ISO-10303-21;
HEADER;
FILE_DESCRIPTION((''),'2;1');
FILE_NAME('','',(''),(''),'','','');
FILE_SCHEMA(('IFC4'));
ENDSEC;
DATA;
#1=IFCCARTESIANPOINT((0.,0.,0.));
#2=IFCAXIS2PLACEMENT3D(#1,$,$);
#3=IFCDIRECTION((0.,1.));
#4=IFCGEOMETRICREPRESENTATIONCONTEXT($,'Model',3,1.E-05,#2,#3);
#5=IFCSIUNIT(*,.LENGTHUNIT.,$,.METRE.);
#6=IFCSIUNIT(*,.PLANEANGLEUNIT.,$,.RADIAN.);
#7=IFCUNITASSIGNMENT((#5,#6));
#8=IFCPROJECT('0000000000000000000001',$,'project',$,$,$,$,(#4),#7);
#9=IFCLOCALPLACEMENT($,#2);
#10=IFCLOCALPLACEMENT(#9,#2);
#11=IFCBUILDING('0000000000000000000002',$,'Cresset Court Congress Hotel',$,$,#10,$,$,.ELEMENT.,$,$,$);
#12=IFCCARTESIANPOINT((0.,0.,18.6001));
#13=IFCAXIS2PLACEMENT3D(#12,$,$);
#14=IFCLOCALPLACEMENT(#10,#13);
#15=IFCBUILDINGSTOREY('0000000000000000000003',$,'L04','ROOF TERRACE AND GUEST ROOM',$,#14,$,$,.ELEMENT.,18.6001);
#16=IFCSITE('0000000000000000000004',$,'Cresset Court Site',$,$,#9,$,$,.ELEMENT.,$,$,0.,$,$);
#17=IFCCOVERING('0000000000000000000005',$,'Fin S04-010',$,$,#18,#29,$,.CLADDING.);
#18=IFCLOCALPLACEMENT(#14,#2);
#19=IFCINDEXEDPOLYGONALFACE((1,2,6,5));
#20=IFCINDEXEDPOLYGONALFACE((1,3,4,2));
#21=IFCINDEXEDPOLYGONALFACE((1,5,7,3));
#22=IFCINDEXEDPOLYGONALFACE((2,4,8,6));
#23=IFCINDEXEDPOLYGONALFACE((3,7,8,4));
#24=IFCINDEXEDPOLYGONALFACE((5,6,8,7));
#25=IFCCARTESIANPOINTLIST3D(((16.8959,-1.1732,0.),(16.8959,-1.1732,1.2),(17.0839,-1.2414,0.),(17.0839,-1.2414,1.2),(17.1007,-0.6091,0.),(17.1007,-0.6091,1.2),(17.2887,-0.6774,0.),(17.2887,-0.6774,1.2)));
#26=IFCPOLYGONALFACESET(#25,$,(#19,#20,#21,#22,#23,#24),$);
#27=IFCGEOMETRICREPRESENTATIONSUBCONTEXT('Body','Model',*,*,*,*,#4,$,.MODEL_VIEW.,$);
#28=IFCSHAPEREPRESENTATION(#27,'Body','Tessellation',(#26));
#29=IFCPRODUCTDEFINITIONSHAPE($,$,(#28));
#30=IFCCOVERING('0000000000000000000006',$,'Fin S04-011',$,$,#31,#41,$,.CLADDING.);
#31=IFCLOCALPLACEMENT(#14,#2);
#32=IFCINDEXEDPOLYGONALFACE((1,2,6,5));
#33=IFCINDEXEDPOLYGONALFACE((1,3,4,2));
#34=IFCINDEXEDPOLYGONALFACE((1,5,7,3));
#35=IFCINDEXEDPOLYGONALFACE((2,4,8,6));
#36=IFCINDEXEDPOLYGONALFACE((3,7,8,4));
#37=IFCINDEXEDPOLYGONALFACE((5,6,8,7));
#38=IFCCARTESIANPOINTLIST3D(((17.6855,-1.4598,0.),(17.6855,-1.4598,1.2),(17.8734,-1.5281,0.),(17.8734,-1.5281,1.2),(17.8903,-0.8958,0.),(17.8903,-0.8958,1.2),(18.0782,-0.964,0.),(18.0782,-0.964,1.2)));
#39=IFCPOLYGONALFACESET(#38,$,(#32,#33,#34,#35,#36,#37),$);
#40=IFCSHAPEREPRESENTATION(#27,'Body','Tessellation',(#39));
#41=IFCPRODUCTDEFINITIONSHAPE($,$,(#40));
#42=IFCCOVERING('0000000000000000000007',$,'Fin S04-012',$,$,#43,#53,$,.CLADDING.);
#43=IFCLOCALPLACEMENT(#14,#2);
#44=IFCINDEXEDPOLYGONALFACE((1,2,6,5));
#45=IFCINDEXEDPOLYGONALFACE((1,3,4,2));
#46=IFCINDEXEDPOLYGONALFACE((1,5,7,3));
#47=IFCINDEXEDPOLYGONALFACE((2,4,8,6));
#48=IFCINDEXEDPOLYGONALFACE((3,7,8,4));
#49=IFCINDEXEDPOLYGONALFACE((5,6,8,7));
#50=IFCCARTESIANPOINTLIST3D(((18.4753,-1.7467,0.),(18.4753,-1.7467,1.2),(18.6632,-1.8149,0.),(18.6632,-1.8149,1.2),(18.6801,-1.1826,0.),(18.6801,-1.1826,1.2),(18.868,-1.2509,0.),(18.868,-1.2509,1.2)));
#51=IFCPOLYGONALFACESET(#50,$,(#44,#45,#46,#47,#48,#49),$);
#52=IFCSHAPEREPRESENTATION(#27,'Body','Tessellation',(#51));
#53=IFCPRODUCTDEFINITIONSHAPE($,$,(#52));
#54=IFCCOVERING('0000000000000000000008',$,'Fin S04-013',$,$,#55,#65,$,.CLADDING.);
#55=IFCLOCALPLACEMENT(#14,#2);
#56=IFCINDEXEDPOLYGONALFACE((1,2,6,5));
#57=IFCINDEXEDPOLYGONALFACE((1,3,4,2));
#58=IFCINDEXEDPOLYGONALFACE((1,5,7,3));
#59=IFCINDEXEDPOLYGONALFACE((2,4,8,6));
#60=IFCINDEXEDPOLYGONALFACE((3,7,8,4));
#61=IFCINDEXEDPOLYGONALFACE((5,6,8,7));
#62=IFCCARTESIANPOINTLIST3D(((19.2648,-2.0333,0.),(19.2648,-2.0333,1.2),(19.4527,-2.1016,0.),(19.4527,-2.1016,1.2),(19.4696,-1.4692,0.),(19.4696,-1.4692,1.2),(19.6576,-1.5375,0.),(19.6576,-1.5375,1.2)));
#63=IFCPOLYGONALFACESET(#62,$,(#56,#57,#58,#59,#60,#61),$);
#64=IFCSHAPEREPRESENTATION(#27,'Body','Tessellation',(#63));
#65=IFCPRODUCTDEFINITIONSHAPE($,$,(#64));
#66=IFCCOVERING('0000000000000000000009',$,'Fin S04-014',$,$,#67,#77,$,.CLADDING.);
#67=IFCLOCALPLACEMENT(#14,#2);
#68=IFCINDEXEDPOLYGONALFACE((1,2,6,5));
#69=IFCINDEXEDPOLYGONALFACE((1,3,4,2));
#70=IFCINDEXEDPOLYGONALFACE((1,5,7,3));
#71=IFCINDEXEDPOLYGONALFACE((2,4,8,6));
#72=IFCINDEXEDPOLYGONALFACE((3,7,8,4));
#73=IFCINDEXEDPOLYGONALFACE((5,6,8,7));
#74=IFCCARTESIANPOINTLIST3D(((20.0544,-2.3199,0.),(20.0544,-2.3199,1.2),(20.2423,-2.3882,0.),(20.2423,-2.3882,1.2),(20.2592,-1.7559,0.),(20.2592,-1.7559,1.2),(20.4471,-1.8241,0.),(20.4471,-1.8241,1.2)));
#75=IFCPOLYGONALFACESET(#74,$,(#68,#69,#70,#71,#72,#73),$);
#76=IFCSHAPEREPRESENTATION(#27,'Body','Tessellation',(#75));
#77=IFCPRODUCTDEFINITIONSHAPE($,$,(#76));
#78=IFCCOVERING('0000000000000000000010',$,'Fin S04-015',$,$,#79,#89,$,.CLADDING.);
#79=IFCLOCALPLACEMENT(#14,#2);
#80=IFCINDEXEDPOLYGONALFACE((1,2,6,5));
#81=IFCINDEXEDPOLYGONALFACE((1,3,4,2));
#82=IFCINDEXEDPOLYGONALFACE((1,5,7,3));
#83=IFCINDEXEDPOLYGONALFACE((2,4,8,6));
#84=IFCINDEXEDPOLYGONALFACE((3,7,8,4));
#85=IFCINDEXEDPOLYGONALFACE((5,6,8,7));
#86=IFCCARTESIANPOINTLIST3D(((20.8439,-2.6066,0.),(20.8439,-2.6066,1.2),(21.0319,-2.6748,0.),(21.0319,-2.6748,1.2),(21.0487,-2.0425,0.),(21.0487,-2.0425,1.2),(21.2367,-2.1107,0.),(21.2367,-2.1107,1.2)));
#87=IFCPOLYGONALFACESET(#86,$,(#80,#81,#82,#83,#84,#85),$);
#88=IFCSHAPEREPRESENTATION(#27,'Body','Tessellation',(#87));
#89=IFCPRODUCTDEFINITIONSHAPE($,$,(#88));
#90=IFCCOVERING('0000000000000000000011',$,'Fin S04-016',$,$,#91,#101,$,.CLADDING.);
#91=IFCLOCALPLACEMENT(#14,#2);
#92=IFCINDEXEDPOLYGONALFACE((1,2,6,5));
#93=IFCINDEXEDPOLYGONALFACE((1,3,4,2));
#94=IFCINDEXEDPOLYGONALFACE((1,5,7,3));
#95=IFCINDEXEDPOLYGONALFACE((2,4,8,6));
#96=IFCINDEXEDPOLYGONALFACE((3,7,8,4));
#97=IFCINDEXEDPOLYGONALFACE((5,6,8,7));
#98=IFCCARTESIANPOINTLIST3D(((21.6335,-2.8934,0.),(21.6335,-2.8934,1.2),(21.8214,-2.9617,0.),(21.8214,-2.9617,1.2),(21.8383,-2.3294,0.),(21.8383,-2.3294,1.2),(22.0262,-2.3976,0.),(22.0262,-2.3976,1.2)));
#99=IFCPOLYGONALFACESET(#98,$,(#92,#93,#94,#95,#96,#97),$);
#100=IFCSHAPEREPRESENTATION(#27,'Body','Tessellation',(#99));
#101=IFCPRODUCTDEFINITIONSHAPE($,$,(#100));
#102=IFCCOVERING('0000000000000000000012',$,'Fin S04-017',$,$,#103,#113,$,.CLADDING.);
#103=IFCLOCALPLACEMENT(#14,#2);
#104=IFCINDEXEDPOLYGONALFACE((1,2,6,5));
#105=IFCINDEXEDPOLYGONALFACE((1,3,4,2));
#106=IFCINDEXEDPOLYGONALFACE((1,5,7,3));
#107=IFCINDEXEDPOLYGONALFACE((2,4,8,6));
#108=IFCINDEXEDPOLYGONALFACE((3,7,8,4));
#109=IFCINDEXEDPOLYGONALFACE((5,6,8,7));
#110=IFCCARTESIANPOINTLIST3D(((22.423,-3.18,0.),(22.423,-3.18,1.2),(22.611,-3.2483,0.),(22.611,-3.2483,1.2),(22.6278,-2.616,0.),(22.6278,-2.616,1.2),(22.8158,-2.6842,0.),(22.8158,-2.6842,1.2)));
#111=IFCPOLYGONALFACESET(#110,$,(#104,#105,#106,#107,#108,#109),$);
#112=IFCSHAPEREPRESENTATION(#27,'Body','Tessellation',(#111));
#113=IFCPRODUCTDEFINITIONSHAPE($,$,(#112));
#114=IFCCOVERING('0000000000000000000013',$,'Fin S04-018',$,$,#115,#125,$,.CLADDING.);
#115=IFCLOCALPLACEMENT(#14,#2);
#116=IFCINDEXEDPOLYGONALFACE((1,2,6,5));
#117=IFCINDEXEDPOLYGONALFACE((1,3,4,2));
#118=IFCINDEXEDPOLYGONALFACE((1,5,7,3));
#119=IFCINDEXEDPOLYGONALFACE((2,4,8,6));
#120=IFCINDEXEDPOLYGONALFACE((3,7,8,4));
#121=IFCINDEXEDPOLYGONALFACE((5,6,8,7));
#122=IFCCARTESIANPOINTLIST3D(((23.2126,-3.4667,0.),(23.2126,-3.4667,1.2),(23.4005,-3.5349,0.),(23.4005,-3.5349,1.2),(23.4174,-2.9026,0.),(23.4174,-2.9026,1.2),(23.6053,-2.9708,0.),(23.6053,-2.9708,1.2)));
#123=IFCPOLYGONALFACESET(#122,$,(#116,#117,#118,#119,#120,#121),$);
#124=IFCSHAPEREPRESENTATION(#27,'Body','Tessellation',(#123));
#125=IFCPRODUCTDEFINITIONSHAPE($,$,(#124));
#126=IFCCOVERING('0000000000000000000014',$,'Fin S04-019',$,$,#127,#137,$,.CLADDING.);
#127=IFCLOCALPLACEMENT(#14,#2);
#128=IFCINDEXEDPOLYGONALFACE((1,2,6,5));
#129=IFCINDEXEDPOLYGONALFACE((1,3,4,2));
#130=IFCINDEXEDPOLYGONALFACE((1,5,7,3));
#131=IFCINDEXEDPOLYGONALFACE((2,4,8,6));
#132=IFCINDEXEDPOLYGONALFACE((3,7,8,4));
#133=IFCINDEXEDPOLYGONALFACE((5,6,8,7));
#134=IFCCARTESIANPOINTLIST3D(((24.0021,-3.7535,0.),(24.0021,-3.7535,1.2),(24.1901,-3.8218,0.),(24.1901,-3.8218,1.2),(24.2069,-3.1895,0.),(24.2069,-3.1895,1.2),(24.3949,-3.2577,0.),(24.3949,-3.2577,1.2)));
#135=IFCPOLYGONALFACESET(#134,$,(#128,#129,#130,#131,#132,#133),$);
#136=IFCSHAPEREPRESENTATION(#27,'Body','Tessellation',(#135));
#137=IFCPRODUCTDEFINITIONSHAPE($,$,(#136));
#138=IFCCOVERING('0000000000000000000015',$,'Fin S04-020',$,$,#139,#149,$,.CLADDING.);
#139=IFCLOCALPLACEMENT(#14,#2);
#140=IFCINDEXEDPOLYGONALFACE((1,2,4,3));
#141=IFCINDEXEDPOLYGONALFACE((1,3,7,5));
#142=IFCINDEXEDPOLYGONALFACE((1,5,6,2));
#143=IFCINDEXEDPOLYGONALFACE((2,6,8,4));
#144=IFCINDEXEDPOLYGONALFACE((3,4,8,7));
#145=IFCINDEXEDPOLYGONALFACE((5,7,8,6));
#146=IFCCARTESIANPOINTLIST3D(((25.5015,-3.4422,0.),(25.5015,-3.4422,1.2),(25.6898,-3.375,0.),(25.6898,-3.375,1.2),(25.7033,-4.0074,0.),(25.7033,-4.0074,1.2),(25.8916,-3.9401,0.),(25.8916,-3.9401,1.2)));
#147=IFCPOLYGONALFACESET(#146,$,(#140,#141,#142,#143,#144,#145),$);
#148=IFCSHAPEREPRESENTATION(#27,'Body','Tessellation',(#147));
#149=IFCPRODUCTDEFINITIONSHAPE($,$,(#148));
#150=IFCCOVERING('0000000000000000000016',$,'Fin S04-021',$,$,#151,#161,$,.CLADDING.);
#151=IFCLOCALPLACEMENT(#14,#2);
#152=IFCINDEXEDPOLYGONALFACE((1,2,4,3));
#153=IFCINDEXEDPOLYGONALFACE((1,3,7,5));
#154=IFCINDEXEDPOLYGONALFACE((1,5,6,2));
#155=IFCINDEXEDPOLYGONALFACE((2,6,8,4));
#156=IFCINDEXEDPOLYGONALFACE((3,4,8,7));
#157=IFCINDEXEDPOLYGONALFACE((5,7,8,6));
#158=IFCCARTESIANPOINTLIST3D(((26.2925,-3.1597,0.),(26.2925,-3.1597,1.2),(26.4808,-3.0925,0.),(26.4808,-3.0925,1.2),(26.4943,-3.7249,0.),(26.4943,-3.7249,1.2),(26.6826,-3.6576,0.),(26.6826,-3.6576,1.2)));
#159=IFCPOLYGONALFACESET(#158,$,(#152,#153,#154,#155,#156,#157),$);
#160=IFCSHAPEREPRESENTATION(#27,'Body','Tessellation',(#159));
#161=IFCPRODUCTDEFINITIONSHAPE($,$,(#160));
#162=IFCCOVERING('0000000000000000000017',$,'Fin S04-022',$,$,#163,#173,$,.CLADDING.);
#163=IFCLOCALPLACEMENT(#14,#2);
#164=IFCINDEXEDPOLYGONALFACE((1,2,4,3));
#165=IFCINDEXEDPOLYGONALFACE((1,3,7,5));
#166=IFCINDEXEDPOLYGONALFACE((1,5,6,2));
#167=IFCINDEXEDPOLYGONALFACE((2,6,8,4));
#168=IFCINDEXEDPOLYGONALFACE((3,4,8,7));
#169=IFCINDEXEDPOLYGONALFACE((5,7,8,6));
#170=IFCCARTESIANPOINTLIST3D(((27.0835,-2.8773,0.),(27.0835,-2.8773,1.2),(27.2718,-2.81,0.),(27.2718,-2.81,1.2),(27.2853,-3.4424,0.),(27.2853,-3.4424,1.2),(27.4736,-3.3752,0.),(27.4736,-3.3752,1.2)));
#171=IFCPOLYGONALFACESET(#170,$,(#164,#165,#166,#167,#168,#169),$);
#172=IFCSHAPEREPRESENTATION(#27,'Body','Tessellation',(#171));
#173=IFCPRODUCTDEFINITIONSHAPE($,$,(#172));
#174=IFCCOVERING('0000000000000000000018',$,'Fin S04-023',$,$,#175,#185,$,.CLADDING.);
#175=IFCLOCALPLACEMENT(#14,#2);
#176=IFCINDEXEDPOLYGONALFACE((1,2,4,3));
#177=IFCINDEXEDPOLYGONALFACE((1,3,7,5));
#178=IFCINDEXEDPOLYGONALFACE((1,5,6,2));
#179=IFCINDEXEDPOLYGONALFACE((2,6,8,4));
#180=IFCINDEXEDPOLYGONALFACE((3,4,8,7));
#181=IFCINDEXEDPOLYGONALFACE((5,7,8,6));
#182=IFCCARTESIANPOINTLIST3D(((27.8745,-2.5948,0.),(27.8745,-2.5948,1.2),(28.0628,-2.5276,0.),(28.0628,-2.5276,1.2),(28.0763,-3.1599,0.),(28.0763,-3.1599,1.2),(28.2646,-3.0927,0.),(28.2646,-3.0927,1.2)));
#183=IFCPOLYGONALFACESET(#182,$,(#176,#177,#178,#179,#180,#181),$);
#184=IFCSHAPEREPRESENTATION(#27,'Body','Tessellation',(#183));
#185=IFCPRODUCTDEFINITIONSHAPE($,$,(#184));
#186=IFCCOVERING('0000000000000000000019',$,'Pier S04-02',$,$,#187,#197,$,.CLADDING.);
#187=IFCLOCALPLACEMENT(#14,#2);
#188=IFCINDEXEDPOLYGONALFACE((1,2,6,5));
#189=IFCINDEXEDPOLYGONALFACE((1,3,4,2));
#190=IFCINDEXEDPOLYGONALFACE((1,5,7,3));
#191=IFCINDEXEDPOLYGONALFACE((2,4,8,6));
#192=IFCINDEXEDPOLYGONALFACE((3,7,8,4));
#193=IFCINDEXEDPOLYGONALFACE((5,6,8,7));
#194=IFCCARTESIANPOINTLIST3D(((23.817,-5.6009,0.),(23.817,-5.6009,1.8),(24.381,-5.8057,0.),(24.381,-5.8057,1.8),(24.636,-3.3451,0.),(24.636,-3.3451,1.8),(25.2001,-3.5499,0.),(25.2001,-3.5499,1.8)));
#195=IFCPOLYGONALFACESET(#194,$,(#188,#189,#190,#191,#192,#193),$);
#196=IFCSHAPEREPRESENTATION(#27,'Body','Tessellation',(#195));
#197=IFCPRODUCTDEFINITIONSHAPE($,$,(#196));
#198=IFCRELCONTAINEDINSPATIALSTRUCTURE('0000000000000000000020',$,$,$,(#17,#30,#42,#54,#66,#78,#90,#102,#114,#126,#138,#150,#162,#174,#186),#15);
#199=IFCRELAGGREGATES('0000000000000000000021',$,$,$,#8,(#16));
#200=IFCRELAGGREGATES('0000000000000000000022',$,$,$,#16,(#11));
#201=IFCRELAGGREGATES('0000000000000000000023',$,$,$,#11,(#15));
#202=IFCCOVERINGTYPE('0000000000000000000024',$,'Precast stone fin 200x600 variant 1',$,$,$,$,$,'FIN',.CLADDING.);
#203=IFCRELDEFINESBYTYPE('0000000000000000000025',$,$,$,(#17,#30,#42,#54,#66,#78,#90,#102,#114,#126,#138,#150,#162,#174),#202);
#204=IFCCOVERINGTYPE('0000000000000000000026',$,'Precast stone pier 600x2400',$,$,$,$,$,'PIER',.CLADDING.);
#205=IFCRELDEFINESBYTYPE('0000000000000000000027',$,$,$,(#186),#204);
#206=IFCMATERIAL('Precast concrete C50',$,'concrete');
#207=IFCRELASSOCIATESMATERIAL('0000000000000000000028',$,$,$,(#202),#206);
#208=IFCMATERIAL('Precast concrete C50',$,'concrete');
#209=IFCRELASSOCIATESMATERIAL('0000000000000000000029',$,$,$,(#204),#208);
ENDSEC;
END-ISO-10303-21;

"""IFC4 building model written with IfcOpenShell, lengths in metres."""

from ifc_helpers import new_model, si_unit, direction, frame, origin, origin_2d, place, context, subcontext, project, spatial, rectangle, extrude, material, type_object, element, save


model = new_model("IFC4")

# Units and contexts
model_context = context("Model", 3, precision=1e-05, world=origin(), true_north=direction((0.0, 1.0)))
body_context = subcontext(model_context, "Body", "Model", "MODEL_VIEW")
ifc_project = project(units=[si_unit("LENGTHUNIT", "METRE"), si_unit("PLANEANGLEUNIT", "RADIAN")], contexts=[model_context])

# Site, building, storey
site_placement = place(None, origin())
site = spatial("IfcSite", under=ifc_project, at=site_placement, Name="Cresset Court Site", CompositionType="ELEMENT", RefElevation=0.0)
building_placement = place(site_placement, origin())
building = spatial("IfcBuilding", under=site, at=building_placement, Name="Cresset Court Congress Hotel", CompositionType="ELEMENT")
storey_placement = place(building_placement, frame((0.0, 0.0, 18.6001)))
storey = spatial("IfcBuildingStorey", under=building, at=storey_placement, Name="L04", Description="ROOF TERRACE AND GUEST ROOM", CompositionType="ELEMENT", Elevation=18.6001)

# Coverings
ifc_material_1 = material(Name="Precast concrete C50", Category="concrete")
covering_type_1 = type_object("IfcCoveringType", Name="Precast stone fin 200x600 variant 1", ElementType="FIN", PredefinedType="CLADDING", material=ifc_material_1)
for number, where, z_axis, x_axis, name in (
    (1, (17.0923, -0.9253, 0.0), (0.0, 0.0, 1.0), (0.939957, -0.341293, 0.0), "Fin S04-010"),
    (2, (17.8818, -1.2119, 0.0), (0.0, 0.0, 1.0), (0.939957, -0.341293, 0.0), "Fin S04-011"),
    (3, (18.6716, -1.4988, 0.0), (0.0, 0.0, 1.0), (0.939957, -0.341293, 0.0), "Fin S04-012"),
    (4, (19.4612, -1.7854, 0.0), (0.0, 0.0, 1.0), (0.939957, -0.341293, 0.0), "Fin S04-013"),
    (5, (20.2507, -2.072, 0.0), (0.0, 0.0, 1.0), (0.939957, -0.341293, 0.0), "Fin S04-014"),
    (6, (21.0403, -2.3586, 0.0), (0.0, 0.0, 1.0), (0.939957, -0.341293, 0.0), "Fin S04-015"),
    (7, (21.8298, -2.6455, 0.0), (0.0, 0.0, 1.0), (0.939957, -0.341293, 0.0), "Fin S04-016"),
    (8, (22.6194, -2.9321, 0.0), (0.0, 0.0, 1.0), (0.939957, -0.341293, 0.0), "Fin S04-017"),
    (9, (23.4089, -3.2188, 0.0), (0.0, 0.0, 1.0), (0.939957, -0.341293, 0.0), "Fin S04-018"),
    (10, (24.1985, -3.5056, 0.0), (0.0, 0.0, 1.0), (0.939957, -0.341293, 0.0), "Fin S04-019"),
    (11, (25.6965, -3.6912, 0.0), (0.0, 0.0, 1.0), (0.941742, 0.336336, 0.0), "Fin S04-020"),
    (12, (26.4875, -3.4087, 0.0), (0.0, 0.0, 1.0), (0.941742, 0.336336, 0.0), "Fin S04-021"),
    (13, (27.2786, -3.1262, 0.0), (0.0, 0.0, 1.0), (0.941742, 0.336336, 0.0), "Fin S04-022"),
    (14, (28.0696, -2.8438, 0.0), (0.0, 0.0, 1.0), (0.941742, 0.336336, 0.0), "Fin S04-023"),
):
    element("IfcCovering", number, at=place(storey_placement, frame(where, z_axis=z_axis, x_axis=x_axis)), inside=storey, type_object=covering_type_1, Name=name, PredefinedType="CLADDING", context=body_context, shape_type="SweptSolid", body=[
        extrude(rectangle(XDim=0.2, YDim=0.6001, at=origin_2d()), origin(), (0.0, 0.0, 1.0), 1.2),
    ])
ifc_material_2 = material(Name="Precast concrete C50", Category="concrete")
covering_type_2 = type_object("IfcCoveringType", Name="Precast stone pier 600x2400", ElementType="PIER", PredefinedType="CLADDING", material=ifc_material_2)
covering_1_placement = place(storey_placement, frame((24.5085, -4.5754, 0.0), z_axis=(0.0, 0.0, 1.0), x_axis=(0.939957, -0.341293, 0.0)))
element("IfcCovering", 15, at=covering_1_placement, inside=storey, type_object=covering_type_2, Name="Pier S04-02", PredefinedType="CLADDING", context=body_context, shape_type="SweptSolid", body=[
    extrude(rectangle(XDim=0.6001, YDim=2.3999, at=origin_2d()), origin(), (0.0, 0.0, 1.0), 1.8),
])

save(model, "model.ifc")
